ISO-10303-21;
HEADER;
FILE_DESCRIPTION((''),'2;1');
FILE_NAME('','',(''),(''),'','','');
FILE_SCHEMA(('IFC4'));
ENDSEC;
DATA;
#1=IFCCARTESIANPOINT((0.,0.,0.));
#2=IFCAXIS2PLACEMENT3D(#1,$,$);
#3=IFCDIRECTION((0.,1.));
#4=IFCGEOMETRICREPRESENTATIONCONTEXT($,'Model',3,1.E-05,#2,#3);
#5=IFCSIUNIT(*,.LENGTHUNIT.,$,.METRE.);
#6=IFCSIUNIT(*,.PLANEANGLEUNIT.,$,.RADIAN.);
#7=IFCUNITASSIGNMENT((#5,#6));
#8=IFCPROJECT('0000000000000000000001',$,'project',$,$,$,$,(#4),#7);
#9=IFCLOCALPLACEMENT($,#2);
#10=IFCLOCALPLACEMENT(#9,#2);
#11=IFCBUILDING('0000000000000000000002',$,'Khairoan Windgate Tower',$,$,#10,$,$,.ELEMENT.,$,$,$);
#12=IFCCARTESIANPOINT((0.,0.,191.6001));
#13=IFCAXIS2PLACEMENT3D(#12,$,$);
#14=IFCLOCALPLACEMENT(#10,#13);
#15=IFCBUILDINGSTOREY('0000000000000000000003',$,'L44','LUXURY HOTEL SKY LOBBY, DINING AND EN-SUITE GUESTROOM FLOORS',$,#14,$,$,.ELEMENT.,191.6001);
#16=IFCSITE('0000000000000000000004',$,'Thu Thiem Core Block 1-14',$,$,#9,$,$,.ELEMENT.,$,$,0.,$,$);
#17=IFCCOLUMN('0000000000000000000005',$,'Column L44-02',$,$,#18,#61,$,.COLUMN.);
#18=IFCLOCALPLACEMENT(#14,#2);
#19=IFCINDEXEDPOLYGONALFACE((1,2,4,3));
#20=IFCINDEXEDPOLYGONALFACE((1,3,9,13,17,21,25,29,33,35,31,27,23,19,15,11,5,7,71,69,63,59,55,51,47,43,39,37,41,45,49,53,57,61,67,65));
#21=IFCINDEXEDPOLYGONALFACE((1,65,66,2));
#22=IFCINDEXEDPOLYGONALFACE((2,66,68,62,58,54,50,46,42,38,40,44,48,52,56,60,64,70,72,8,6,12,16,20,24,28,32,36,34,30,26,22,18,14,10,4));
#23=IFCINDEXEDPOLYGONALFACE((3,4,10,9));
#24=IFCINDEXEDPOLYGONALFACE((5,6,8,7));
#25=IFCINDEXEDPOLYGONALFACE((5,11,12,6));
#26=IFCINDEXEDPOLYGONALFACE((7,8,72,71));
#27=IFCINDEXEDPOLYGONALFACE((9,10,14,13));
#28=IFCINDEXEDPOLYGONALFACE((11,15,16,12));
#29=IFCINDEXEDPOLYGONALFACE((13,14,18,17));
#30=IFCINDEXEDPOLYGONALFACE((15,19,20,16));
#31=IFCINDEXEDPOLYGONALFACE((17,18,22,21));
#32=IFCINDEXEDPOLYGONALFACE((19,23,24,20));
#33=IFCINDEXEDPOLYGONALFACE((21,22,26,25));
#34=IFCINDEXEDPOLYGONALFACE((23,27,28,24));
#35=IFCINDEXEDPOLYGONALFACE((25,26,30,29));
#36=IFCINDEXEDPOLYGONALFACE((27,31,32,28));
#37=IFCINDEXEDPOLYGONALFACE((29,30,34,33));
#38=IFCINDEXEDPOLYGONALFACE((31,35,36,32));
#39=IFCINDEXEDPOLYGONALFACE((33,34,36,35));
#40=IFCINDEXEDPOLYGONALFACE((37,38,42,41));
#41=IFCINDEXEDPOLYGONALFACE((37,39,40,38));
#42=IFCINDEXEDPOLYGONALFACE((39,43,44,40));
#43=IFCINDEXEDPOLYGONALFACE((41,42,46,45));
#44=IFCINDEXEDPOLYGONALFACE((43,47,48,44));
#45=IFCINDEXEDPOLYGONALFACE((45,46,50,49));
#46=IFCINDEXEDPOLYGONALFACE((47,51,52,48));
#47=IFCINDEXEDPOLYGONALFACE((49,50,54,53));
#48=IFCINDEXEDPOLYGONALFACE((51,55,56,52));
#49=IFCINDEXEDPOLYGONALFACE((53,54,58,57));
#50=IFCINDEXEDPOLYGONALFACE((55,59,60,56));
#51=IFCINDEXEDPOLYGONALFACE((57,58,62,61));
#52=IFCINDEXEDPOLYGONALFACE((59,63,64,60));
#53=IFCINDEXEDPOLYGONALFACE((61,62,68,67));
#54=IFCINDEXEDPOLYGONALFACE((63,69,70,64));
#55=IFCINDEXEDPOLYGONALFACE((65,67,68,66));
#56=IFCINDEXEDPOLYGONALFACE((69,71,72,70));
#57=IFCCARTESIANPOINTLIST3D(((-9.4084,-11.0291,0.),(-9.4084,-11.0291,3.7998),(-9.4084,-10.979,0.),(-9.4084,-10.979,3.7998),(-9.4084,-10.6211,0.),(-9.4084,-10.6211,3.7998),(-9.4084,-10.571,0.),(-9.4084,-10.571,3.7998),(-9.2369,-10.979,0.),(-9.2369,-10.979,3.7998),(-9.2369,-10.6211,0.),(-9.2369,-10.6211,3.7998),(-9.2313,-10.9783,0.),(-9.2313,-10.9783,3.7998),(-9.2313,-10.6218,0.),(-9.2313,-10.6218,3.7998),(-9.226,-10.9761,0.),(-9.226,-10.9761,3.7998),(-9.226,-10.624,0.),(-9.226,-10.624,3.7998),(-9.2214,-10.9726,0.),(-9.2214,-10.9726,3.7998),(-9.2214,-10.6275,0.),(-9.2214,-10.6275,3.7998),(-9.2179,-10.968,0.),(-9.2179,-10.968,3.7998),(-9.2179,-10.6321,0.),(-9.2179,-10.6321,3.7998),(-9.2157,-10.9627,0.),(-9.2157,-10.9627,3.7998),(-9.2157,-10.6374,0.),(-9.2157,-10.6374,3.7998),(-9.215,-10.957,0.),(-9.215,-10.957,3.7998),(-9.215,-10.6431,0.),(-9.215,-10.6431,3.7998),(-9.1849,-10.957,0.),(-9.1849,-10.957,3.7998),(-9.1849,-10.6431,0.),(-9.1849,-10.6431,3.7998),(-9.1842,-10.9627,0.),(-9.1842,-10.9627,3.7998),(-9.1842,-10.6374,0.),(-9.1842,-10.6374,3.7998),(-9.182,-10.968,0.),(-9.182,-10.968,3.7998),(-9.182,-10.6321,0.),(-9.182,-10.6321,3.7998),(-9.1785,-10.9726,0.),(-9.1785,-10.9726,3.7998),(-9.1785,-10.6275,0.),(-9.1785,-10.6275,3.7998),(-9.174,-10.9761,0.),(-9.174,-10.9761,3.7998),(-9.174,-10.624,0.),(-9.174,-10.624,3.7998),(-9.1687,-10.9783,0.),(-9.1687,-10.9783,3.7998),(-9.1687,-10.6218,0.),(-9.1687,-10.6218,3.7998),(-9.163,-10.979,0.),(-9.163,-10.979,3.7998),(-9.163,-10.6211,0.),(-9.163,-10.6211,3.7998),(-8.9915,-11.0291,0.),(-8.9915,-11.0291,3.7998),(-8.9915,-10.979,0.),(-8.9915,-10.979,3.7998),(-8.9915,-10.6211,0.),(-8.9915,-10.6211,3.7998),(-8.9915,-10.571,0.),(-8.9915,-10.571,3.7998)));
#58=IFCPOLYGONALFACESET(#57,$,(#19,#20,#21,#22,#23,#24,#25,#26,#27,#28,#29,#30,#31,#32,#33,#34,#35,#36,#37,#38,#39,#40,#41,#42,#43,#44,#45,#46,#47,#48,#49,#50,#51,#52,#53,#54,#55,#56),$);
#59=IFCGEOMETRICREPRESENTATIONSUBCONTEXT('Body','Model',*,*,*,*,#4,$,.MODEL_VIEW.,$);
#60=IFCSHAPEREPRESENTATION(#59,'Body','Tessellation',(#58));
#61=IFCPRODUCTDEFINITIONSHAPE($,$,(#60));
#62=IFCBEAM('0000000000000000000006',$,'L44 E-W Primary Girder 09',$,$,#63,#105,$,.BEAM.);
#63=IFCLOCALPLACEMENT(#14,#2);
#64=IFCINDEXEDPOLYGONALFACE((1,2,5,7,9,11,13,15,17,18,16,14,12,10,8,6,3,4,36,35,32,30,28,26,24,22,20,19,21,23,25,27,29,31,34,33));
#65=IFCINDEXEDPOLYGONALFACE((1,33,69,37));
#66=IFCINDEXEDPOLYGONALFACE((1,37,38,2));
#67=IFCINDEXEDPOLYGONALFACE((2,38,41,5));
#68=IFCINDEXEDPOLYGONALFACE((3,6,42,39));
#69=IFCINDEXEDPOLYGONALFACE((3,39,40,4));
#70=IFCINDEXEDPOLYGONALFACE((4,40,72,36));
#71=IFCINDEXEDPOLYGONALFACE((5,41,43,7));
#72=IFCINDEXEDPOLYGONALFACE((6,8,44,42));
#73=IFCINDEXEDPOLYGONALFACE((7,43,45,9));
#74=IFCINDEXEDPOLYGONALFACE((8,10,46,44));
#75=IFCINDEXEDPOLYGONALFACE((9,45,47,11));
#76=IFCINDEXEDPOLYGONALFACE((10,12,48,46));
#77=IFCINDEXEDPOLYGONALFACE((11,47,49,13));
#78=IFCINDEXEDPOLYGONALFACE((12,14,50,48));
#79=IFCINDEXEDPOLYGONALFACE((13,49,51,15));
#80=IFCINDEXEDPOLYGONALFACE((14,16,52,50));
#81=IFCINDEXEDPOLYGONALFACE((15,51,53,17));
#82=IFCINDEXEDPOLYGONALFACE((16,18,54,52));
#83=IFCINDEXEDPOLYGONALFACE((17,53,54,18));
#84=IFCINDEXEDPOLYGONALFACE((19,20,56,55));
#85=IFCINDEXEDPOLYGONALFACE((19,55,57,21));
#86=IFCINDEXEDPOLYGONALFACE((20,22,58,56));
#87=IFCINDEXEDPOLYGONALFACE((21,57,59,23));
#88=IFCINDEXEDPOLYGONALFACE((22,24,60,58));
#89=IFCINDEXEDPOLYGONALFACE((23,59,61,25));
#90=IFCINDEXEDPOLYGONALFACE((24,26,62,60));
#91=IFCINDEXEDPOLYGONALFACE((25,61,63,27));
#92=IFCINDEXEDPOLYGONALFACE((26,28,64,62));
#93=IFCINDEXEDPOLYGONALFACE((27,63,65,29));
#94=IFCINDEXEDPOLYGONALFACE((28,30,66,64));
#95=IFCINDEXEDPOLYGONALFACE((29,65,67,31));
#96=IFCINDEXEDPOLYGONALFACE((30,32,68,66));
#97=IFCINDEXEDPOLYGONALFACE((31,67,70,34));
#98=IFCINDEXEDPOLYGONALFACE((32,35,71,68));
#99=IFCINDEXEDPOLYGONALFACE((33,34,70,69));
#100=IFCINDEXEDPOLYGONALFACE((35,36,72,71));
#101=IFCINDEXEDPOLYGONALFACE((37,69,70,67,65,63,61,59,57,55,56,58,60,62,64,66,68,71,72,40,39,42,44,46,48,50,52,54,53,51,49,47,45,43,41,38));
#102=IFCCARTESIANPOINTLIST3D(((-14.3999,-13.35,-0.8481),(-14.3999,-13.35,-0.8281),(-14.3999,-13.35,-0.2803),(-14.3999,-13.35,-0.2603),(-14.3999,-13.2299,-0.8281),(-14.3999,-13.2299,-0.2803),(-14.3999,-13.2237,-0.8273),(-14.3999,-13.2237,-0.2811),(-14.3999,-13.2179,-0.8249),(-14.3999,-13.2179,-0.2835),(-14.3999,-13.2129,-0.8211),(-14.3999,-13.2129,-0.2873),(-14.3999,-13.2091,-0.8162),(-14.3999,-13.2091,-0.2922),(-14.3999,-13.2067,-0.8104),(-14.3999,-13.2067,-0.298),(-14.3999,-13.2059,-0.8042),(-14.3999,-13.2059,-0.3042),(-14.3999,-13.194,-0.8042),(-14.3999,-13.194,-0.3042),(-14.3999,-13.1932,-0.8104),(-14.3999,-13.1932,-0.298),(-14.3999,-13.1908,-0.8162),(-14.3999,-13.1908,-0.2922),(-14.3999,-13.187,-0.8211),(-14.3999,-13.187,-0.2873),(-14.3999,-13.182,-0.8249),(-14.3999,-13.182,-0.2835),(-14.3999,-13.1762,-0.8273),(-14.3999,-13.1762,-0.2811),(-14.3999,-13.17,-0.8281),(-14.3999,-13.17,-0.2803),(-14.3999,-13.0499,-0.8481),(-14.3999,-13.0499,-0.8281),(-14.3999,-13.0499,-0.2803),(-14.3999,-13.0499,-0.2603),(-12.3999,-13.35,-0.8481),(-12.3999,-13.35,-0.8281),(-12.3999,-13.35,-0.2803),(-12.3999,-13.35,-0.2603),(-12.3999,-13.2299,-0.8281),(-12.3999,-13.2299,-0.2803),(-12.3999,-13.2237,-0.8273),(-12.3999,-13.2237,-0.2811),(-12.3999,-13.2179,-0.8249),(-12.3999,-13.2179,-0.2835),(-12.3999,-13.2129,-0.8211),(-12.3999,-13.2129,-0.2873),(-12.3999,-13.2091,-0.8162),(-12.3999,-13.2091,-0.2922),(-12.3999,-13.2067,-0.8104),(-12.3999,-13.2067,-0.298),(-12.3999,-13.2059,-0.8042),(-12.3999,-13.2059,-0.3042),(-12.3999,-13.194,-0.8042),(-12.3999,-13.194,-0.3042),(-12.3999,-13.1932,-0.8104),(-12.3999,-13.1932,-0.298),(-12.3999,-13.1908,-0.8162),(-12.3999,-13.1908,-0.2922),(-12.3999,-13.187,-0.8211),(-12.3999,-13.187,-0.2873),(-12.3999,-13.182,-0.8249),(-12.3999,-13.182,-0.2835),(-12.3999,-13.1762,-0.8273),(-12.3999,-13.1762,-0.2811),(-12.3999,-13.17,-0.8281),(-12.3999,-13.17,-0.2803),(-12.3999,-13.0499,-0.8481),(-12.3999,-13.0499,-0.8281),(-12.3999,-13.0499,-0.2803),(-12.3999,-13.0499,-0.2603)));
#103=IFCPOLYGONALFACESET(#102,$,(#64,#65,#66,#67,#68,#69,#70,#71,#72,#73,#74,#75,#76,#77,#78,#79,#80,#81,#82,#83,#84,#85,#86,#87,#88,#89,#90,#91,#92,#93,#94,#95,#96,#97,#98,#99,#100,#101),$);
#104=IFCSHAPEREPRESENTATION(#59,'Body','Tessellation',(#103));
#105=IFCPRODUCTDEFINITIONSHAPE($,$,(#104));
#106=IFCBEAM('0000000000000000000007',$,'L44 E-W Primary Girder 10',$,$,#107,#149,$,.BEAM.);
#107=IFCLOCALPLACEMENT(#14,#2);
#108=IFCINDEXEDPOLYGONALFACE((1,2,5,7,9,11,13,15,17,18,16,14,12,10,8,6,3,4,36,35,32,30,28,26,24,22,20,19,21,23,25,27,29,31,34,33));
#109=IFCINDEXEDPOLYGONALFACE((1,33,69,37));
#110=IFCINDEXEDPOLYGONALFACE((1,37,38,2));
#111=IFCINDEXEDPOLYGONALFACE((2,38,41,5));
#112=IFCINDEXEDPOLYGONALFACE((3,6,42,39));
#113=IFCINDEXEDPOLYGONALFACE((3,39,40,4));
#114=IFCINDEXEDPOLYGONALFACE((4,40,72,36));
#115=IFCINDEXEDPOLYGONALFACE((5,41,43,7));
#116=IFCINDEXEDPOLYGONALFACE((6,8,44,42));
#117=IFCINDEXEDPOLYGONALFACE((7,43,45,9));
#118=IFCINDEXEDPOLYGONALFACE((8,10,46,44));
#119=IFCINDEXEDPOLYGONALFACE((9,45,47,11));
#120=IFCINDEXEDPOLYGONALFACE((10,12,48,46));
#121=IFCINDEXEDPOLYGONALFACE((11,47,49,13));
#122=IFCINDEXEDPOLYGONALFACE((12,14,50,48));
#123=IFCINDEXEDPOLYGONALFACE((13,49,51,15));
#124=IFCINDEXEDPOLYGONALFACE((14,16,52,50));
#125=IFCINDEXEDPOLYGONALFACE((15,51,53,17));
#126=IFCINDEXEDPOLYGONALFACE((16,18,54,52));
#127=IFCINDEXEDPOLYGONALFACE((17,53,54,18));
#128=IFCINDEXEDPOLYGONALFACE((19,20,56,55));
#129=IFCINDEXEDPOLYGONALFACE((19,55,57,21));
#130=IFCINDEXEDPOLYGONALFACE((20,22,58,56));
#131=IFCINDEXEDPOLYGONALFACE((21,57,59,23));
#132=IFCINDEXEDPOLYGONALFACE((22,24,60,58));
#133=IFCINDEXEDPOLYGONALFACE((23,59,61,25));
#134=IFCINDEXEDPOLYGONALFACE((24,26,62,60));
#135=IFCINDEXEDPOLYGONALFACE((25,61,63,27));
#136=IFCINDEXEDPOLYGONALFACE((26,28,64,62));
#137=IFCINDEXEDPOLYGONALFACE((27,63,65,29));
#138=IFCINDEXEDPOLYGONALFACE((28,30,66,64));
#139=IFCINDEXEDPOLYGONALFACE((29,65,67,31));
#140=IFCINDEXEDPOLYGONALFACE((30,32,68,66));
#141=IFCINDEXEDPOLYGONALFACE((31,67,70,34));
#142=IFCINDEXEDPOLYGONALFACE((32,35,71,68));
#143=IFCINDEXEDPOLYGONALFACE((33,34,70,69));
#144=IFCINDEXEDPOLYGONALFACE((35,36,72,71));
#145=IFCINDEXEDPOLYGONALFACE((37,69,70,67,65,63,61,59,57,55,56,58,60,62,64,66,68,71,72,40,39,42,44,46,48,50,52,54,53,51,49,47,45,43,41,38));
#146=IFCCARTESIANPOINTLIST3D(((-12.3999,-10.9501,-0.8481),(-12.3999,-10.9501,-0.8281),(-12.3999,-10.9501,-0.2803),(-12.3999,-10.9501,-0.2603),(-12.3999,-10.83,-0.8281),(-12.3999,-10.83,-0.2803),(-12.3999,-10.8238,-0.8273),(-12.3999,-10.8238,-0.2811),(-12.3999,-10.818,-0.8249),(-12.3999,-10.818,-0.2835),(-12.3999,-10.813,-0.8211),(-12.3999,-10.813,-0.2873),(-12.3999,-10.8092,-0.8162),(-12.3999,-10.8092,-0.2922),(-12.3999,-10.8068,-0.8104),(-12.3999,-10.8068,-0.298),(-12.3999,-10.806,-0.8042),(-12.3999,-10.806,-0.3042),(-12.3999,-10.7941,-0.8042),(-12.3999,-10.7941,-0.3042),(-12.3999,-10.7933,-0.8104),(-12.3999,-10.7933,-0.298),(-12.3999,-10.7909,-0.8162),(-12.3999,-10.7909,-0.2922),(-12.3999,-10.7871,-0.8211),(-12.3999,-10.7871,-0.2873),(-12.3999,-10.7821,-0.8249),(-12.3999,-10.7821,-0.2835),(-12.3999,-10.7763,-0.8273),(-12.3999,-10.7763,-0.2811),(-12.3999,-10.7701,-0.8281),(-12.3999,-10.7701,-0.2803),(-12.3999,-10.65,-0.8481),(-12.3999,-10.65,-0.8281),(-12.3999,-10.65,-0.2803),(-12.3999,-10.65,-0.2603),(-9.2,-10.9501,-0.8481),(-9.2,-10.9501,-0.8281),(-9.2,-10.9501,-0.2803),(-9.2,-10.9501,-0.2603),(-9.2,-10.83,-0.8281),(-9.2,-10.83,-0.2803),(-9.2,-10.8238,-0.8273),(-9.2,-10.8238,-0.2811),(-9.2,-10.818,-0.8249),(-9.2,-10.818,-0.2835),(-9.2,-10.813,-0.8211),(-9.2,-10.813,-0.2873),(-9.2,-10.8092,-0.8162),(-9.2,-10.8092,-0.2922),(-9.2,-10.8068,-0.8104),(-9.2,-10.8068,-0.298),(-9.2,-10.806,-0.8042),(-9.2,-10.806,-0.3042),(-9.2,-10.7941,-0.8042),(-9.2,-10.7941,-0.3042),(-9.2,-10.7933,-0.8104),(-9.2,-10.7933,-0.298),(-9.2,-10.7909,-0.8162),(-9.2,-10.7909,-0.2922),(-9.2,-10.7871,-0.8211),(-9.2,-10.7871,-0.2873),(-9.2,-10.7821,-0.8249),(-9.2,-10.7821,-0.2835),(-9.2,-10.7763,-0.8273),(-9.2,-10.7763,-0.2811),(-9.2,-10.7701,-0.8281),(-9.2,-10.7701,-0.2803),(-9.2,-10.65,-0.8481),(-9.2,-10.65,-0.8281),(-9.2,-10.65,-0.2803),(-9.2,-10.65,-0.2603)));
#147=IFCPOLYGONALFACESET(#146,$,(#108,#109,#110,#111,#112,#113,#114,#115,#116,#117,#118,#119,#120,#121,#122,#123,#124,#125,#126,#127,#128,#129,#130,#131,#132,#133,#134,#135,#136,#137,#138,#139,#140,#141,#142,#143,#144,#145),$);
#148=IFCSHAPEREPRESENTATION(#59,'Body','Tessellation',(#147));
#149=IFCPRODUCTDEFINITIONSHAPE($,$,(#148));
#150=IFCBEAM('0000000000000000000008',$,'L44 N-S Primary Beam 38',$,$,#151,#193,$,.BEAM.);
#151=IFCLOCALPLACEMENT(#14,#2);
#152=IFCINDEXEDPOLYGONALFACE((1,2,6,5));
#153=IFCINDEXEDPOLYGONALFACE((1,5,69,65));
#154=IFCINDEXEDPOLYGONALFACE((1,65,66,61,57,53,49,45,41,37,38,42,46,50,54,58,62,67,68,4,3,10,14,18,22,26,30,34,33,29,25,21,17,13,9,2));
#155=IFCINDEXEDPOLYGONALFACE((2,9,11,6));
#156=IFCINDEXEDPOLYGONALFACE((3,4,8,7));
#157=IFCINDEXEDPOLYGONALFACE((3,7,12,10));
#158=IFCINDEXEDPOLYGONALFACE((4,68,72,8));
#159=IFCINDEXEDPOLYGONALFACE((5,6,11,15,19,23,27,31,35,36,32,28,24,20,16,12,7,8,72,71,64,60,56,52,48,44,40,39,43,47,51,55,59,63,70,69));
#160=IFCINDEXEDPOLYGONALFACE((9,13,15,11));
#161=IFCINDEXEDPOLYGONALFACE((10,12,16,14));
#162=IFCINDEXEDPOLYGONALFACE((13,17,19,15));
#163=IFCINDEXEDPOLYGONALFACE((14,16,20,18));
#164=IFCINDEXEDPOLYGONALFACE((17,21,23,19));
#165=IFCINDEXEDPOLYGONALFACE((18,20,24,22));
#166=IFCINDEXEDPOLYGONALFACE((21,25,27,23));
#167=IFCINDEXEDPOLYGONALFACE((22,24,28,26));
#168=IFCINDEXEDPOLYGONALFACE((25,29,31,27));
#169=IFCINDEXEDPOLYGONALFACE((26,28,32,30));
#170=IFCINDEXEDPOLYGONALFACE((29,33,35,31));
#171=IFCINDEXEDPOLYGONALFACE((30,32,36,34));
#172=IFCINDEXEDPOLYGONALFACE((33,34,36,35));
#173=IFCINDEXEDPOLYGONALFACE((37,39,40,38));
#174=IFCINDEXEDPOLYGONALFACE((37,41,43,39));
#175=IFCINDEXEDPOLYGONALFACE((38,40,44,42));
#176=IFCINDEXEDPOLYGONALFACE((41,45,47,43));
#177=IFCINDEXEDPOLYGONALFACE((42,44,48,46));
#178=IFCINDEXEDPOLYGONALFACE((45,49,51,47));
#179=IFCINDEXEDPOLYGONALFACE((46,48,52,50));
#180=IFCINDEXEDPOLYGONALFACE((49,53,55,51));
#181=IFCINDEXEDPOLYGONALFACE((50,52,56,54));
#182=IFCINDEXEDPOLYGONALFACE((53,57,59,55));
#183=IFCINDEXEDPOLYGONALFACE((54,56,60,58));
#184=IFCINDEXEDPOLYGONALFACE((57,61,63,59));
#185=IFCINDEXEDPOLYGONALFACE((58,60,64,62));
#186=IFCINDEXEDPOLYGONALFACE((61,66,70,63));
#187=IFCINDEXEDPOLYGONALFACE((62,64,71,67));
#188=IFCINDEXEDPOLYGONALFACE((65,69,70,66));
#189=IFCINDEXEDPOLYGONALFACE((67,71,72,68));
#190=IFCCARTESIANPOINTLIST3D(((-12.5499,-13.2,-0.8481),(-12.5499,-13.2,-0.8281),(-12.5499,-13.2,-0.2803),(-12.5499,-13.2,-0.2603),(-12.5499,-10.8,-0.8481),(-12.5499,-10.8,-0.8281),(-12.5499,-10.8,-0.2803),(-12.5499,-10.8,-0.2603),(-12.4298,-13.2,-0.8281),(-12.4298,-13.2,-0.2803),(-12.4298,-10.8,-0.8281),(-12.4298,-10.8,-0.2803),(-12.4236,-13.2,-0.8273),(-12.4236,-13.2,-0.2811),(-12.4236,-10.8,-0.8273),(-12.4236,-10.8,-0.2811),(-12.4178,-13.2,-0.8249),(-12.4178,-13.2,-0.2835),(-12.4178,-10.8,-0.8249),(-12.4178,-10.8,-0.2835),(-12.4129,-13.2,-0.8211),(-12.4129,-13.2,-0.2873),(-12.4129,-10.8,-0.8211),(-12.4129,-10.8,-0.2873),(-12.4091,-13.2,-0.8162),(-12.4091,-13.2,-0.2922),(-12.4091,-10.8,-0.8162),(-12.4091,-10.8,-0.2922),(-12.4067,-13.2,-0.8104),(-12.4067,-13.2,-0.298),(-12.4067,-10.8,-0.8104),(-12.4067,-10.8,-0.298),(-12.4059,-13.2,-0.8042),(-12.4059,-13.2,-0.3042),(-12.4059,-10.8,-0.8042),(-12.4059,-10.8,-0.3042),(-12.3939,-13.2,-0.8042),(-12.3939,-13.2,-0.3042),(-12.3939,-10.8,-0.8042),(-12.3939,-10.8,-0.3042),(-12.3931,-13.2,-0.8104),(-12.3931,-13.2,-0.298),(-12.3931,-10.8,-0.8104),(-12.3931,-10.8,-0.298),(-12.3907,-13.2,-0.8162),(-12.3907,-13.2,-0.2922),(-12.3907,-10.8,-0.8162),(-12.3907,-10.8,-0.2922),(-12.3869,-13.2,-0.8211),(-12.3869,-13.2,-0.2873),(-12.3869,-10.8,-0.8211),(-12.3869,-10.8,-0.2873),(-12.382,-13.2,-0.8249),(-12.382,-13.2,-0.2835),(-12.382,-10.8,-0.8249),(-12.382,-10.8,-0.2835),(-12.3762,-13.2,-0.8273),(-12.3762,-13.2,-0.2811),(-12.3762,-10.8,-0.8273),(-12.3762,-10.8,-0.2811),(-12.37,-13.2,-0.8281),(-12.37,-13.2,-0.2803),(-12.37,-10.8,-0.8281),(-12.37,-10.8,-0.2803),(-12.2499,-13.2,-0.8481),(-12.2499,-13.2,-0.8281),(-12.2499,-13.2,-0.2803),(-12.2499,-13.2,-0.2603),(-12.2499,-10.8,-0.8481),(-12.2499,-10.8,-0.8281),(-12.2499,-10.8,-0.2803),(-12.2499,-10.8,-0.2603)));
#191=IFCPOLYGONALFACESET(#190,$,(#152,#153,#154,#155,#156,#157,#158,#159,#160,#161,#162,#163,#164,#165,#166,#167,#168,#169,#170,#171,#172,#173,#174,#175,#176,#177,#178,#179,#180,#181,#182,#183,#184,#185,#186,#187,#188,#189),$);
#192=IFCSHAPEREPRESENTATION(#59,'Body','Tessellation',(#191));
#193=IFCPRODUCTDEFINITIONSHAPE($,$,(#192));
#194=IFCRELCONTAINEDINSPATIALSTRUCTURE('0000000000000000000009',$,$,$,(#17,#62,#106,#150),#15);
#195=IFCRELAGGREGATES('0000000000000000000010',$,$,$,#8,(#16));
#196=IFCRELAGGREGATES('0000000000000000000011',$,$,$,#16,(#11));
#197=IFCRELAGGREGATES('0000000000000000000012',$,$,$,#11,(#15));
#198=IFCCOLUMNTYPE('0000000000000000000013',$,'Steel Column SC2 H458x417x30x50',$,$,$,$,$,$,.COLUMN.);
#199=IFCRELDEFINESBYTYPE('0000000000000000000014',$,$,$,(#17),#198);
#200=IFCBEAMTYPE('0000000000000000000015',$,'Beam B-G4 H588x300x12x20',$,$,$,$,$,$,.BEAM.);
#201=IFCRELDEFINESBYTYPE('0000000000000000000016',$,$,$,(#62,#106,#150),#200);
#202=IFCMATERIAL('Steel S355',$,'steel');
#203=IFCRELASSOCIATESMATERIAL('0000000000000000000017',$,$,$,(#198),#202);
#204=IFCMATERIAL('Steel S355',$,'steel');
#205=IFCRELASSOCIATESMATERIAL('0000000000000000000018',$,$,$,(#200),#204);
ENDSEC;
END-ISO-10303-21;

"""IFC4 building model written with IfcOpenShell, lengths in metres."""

from ifc_helpers import new_model, si_unit, direction, frame, origin, origin_2d, place, context, subcontext, project, spatial, i_section, extrude, material, material_profile, profile_set, type_object, element, save


model = new_model("IFC4")

# Units and contexts
model_context = context("Model", 3, precision=1e-05, world=origin(), true_north=direction((0.0, 1.0)))
body_context = subcontext(model_context, "Body", "Model", "MODEL_VIEW")
ifc_project = project(units=[si_unit("LENGTHUNIT", "METRE"), si_unit("PLANEANGLEUNIT", "RADIAN")], contexts=[model_context])

# Site, building, storey
site_placement = place(None, origin())
site = spatial("IfcSite", under=ifc_project, at=site_placement, Name="Thu Thiem Core Block 1-14", CompositionType="ELEMENT", RefElevation=0.0)
building_placement = place(site_placement, origin())
building = spatial("IfcBuilding", under=site, at=building_placement, Name="Khairoan Windgate Tower", CompositionType="ELEMENT")
storey_placement = place(building_placement, frame((0.0, 0.0, 191.6001)))
storey = spatial("IfcBuildingStorey", under=building, at=storey_placement, Name="L44", Description="LUXURY HOTEL SKY LOBBY, DINING AND EN-SUITE GUESTROOM FLOORS", CompositionType="ELEMENT", Elevation=191.6001)

# Column
ifc_material_1 = material(Name="Steel S355", Category="steel")
ifc_material_profile_1 = material_profile(ifc_material_1, i_section(OverallWidth=0.417, OverallDepth=0.458, WebThickness=0.03, FlangeThickness=0.05, FilletRadius=0.022, at=origin_2d()))
ifc_profile_set_1 = profile_set([ifc_material_profile_1], Name="Steel S355")
column_type = type_object("IfcColumnType", Name="Steel Column SC2 H458x417x30x50", PredefinedType="COLUMN", material=ifc_profile_set_1)
column_placement = place(storey_placement, frame((-9.2, -10.8, 0.0), z_axis=(0.0, 0.0, 1.0), x_axis=(1.0, 0.0, 0.0)))
element("IfcColumn", 1, at=column_placement, inside=storey, type_object=column_type, Name="Column L44-02", PredefinedType="COLUMN", context=body_context, shape_type="SweptSolid", body=[
    extrude(i_section(OverallWidth=0.417, OverallDepth=0.458, WebThickness=0.03, FlangeThickness=0.05, FilletRadius=0.022, at=origin_2d()), origin(), (0.0, 0.0, 1.0), 3.7998),
])

# Beams
ifc_material_2 = material(Name="Steel S355", Category="steel")
ifc_material_profile_2 = material_profile(ifc_material_2, i_section(OverallWidth=0.3, OverallDepth=0.5879, WebThickness=0.012, FlangeThickness=0.02, FilletRadius=0.0239, at=origin_2d()))
ifc_profile_set_2 = profile_set([ifc_material_profile_2], Name="Steel S355")
beam_type = type_object("IfcBeamType", Name="Beam B-G4 H588x300x12x20", PredefinedType="BEAM", material=ifc_profile_set_2)
beam_1_placement = place(storey_placement, frame((-14.3999, -13.2, -0.5542), z_axis=(1.0, 0.0, 0.0), x_axis=(0.0, 1.0, 0.0)))
element("IfcBeam", 2, at=beam_1_placement, inside=storey, type_object=beam_type, Name="L44 E-W Primary Girder 09", PredefinedType="BEAM", context=body_context, shape_type="SweptSolid", body=[
    extrude(i_section(OverallWidth=0.3, OverallDepth=0.5879, WebThickness=0.012, FlangeThickness=0.02, FilletRadius=0.0239, at=origin_2d()), origin(), (0.0, 0.0, 1.0), 2.0),
])
beam_2_placement = place(storey_placement, frame((-12.3999, -10.8, -0.5542), z_axis=(1.0, 0.0, 0.0), x_axis=(0.0, 1.0, 0.0)))
element("IfcBeam", 3, at=beam_2_placement, inside=storey, type_object=beam_type, Name="L44 E-W Primary Girder 10", PredefinedType="BEAM", context=body_context, shape_type="SweptSolid", body=[
    extrude(i_section(OverallWidth=0.3, OverallDepth=0.5879, WebThickness=0.012, FlangeThickness=0.02, FilletRadius=0.0239, at=origin_2d()), origin(), (0.0, 0.0, 1.0), 3.2),
])
beam_3_placement = place(storey_placement, frame((-12.3999, -13.2, -0.5542), z_axis=(0.0, 1.0, 0.0), x_axis=(-1.0, 0.0, 0.0)))
element("IfcBeam", 4, at=beam_3_placement, inside=storey, type_object=beam_type, Name="L44 N-S Primary Beam 38", PredefinedType="BEAM", context=body_context, shape_type="SweptSolid", body=[
    extrude(i_section(OverallWidth=0.3, OverallDepth=0.5879, WebThickness=0.012, FlangeThickness=0.02, FilletRadius=0.0239, at=origin_2d()), origin(), (0.0, 0.0, 1.0), 2.3999),
])

save(model, "model.ifc")
